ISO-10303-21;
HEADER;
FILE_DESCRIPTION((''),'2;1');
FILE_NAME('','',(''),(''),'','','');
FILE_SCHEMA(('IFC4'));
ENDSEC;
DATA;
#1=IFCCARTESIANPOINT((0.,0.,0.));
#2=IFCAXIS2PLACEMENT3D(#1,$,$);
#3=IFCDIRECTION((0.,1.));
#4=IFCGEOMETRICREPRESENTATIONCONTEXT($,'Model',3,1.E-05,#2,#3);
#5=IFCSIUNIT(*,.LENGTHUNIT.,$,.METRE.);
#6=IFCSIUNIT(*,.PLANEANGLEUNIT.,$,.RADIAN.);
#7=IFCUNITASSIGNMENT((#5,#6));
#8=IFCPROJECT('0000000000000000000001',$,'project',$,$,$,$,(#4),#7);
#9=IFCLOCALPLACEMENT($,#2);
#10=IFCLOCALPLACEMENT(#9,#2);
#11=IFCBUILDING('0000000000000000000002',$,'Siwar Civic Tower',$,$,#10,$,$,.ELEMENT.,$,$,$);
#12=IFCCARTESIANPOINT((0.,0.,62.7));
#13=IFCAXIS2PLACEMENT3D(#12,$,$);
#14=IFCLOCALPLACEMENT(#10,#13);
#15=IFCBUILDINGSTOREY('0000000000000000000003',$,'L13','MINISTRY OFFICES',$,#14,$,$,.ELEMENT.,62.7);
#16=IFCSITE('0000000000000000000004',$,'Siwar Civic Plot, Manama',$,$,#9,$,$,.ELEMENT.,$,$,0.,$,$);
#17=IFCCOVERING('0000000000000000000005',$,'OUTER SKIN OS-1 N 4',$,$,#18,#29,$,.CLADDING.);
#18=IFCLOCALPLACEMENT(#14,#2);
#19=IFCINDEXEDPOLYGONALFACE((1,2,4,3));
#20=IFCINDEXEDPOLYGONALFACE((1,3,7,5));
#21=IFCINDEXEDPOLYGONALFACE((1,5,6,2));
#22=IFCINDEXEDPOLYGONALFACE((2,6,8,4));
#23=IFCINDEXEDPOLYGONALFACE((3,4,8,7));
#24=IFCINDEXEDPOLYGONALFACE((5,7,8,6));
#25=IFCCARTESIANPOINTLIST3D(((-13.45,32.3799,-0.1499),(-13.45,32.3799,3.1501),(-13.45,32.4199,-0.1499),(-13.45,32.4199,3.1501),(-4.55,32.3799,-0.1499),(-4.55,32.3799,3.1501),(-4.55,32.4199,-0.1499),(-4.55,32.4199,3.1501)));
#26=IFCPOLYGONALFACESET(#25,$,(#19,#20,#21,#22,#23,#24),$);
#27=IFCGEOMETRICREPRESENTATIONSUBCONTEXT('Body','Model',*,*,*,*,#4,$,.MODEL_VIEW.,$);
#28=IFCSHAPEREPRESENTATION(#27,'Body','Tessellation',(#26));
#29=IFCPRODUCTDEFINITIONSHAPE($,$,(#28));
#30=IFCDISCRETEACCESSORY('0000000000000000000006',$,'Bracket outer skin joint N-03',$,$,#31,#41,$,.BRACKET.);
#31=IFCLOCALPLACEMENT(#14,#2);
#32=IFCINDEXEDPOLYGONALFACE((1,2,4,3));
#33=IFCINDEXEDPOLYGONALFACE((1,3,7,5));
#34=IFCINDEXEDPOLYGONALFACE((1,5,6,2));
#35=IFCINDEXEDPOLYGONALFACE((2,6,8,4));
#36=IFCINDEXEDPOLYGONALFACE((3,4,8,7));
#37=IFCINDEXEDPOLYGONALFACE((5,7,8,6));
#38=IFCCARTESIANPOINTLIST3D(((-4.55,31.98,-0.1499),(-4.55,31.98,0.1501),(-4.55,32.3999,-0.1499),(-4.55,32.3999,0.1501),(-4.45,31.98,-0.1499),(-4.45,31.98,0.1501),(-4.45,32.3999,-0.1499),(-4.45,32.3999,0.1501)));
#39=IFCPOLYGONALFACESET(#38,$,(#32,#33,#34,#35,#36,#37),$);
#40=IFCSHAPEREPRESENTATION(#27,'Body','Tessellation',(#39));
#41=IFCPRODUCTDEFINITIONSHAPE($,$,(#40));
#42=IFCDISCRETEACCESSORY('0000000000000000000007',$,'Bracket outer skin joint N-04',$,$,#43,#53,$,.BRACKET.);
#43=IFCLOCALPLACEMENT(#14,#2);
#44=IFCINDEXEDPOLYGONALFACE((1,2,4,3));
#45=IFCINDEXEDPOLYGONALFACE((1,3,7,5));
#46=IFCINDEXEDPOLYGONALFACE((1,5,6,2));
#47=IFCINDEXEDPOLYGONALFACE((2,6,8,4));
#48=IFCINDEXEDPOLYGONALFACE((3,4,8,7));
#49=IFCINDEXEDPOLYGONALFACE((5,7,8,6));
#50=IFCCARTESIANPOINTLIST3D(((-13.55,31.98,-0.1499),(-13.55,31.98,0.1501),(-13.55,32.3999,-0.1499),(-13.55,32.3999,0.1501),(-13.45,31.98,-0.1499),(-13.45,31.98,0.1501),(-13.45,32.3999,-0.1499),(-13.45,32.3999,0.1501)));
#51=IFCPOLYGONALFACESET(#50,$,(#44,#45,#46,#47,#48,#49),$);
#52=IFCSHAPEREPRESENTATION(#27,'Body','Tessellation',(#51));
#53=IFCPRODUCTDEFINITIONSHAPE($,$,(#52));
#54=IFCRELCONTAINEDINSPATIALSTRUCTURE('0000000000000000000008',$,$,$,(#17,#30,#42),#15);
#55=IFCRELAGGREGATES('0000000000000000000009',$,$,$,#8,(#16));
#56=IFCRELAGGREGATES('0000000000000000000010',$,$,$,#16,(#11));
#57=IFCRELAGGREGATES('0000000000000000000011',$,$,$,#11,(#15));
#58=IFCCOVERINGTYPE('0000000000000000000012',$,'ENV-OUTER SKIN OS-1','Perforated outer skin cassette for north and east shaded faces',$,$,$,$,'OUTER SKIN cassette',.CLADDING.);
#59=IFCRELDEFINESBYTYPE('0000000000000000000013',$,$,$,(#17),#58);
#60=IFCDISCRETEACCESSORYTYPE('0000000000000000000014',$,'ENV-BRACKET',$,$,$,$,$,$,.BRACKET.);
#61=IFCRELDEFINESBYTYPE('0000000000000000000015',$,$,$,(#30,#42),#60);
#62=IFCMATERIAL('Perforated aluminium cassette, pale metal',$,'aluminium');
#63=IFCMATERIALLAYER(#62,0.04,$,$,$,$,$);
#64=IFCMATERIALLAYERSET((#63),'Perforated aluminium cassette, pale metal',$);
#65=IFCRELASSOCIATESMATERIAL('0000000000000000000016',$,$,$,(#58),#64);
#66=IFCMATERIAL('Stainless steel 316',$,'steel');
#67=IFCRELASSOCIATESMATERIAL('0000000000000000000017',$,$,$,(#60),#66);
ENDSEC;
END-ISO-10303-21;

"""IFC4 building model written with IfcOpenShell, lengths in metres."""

from ifc_helpers import new_model, si_unit, direction, frame, origin, origin_2d, place, context, subcontext, project, spatial, rectangle, extrude, material, layer, layer_set, type_object, element, save


model = new_model("IFC4")

# Units and contexts
model_context = context("Model", 3, precision=1e-05, world=origin(), true_north=direction((0.0, 1.0)))
body_context = subcontext(model_context, "Body", "Model", "MODEL_VIEW")
ifc_project = project(units=[si_unit("LENGTHUNIT", "METRE"), si_unit("PLANEANGLEUNIT", "RADIAN")], contexts=[model_context])

# Site, building, storey
site_placement = place(None, origin())
site = spatial("IfcSite", under=ifc_project, at=site_placement, Name="Siwar Civic Plot, Manama", CompositionType="ELEMENT", RefElevation=0.0)
building_placement = place(site_placement, origin())
building = spatial("IfcBuilding", under=site, at=building_placement, Name="Siwar Civic Tower", CompositionType="ELEMENT")
storey_placement = place(building_placement, frame((0.0, 0.0, 62.7)))
storey = spatial("IfcBuildingStorey", under=building, at=storey_placement, Name="L13", Description="MINISTRY OFFICES", CompositionType="ELEMENT", Elevation=62.7)

# Covering
ifc_material_1 = material(Name="Perforated aluminium cassette, pale metal", Category="aluminium")
ifc_layer_1 = layer(ifc_material_1, 0.04)
ifc_layer_set_1 = layer_set([ifc_layer_1], Name="Perforated aluminium cassette, pale metal")
covering_type = type_object("IfcCoveringType", Name="ENV-OUTER SKIN OS-1", Description="Perforated outer skin cassette for north and east shaded faces", ElementType="OUTER SKIN cassette", PredefinedType="CLADDING", material=ifc_layer_set_1)
covering_placement = place(storey_placement, frame((-9.0, 32.3999, -0.1499), z_axis=(0.0, 0.0, 1.0), x_axis=(-1.0, 0.0, 0.0)))
element("IfcCovering", 1, at=covering_placement, inside=storey, type_object=covering_type, Name="OUTER SKIN OS-1 N 4", PredefinedType="CLADDING", context=body_context, shape_type="SweptSolid", body=[
    extrude(rectangle(XDim=8.8999, YDim=0.04, at=origin_2d()), origin(), (0.0, 0.0, 1.0), 3.3),
])

# Discrete accessories
ifc_material_2 = material(Name="Stainless steel 316", Category="steel")
discrete_accessory_type = type_object("IfcDiscreteAccessoryType", Name="ENV-BRACKET", PredefinedType="BRACKET", material=ifc_material_2)
for number, where, z_axis, x_axis, name in (
    (2, (-4.5, 32.1899, -0.1499), (0.0, 0.0, 1.0), (0.0, 1.0, 0.0), "Bracket outer skin joint N-03"),
    (3, (-13.5, 32.1899, -0.1499), (0.0, 0.0, 1.0), (0.0, 1.0, 0.0), "Bracket outer skin joint N-04"),
):
    element("IfcDiscreteAccessory", number, at=place(storey_placement, frame(where, z_axis=z_axis, x_axis=x_axis)), inside=storey, type_object=discrete_accessory_type, Name=name, PredefinedType="BRACKET", context=body_context, shape_type="SweptSolid", body=[
        extrude(rectangle(XDim=0.4199, YDim=0.1001, at=origin_2d()), origin(), (0.0, 0.0, 1.0), 0.3),
    ])

save(model, "model.ifc")
